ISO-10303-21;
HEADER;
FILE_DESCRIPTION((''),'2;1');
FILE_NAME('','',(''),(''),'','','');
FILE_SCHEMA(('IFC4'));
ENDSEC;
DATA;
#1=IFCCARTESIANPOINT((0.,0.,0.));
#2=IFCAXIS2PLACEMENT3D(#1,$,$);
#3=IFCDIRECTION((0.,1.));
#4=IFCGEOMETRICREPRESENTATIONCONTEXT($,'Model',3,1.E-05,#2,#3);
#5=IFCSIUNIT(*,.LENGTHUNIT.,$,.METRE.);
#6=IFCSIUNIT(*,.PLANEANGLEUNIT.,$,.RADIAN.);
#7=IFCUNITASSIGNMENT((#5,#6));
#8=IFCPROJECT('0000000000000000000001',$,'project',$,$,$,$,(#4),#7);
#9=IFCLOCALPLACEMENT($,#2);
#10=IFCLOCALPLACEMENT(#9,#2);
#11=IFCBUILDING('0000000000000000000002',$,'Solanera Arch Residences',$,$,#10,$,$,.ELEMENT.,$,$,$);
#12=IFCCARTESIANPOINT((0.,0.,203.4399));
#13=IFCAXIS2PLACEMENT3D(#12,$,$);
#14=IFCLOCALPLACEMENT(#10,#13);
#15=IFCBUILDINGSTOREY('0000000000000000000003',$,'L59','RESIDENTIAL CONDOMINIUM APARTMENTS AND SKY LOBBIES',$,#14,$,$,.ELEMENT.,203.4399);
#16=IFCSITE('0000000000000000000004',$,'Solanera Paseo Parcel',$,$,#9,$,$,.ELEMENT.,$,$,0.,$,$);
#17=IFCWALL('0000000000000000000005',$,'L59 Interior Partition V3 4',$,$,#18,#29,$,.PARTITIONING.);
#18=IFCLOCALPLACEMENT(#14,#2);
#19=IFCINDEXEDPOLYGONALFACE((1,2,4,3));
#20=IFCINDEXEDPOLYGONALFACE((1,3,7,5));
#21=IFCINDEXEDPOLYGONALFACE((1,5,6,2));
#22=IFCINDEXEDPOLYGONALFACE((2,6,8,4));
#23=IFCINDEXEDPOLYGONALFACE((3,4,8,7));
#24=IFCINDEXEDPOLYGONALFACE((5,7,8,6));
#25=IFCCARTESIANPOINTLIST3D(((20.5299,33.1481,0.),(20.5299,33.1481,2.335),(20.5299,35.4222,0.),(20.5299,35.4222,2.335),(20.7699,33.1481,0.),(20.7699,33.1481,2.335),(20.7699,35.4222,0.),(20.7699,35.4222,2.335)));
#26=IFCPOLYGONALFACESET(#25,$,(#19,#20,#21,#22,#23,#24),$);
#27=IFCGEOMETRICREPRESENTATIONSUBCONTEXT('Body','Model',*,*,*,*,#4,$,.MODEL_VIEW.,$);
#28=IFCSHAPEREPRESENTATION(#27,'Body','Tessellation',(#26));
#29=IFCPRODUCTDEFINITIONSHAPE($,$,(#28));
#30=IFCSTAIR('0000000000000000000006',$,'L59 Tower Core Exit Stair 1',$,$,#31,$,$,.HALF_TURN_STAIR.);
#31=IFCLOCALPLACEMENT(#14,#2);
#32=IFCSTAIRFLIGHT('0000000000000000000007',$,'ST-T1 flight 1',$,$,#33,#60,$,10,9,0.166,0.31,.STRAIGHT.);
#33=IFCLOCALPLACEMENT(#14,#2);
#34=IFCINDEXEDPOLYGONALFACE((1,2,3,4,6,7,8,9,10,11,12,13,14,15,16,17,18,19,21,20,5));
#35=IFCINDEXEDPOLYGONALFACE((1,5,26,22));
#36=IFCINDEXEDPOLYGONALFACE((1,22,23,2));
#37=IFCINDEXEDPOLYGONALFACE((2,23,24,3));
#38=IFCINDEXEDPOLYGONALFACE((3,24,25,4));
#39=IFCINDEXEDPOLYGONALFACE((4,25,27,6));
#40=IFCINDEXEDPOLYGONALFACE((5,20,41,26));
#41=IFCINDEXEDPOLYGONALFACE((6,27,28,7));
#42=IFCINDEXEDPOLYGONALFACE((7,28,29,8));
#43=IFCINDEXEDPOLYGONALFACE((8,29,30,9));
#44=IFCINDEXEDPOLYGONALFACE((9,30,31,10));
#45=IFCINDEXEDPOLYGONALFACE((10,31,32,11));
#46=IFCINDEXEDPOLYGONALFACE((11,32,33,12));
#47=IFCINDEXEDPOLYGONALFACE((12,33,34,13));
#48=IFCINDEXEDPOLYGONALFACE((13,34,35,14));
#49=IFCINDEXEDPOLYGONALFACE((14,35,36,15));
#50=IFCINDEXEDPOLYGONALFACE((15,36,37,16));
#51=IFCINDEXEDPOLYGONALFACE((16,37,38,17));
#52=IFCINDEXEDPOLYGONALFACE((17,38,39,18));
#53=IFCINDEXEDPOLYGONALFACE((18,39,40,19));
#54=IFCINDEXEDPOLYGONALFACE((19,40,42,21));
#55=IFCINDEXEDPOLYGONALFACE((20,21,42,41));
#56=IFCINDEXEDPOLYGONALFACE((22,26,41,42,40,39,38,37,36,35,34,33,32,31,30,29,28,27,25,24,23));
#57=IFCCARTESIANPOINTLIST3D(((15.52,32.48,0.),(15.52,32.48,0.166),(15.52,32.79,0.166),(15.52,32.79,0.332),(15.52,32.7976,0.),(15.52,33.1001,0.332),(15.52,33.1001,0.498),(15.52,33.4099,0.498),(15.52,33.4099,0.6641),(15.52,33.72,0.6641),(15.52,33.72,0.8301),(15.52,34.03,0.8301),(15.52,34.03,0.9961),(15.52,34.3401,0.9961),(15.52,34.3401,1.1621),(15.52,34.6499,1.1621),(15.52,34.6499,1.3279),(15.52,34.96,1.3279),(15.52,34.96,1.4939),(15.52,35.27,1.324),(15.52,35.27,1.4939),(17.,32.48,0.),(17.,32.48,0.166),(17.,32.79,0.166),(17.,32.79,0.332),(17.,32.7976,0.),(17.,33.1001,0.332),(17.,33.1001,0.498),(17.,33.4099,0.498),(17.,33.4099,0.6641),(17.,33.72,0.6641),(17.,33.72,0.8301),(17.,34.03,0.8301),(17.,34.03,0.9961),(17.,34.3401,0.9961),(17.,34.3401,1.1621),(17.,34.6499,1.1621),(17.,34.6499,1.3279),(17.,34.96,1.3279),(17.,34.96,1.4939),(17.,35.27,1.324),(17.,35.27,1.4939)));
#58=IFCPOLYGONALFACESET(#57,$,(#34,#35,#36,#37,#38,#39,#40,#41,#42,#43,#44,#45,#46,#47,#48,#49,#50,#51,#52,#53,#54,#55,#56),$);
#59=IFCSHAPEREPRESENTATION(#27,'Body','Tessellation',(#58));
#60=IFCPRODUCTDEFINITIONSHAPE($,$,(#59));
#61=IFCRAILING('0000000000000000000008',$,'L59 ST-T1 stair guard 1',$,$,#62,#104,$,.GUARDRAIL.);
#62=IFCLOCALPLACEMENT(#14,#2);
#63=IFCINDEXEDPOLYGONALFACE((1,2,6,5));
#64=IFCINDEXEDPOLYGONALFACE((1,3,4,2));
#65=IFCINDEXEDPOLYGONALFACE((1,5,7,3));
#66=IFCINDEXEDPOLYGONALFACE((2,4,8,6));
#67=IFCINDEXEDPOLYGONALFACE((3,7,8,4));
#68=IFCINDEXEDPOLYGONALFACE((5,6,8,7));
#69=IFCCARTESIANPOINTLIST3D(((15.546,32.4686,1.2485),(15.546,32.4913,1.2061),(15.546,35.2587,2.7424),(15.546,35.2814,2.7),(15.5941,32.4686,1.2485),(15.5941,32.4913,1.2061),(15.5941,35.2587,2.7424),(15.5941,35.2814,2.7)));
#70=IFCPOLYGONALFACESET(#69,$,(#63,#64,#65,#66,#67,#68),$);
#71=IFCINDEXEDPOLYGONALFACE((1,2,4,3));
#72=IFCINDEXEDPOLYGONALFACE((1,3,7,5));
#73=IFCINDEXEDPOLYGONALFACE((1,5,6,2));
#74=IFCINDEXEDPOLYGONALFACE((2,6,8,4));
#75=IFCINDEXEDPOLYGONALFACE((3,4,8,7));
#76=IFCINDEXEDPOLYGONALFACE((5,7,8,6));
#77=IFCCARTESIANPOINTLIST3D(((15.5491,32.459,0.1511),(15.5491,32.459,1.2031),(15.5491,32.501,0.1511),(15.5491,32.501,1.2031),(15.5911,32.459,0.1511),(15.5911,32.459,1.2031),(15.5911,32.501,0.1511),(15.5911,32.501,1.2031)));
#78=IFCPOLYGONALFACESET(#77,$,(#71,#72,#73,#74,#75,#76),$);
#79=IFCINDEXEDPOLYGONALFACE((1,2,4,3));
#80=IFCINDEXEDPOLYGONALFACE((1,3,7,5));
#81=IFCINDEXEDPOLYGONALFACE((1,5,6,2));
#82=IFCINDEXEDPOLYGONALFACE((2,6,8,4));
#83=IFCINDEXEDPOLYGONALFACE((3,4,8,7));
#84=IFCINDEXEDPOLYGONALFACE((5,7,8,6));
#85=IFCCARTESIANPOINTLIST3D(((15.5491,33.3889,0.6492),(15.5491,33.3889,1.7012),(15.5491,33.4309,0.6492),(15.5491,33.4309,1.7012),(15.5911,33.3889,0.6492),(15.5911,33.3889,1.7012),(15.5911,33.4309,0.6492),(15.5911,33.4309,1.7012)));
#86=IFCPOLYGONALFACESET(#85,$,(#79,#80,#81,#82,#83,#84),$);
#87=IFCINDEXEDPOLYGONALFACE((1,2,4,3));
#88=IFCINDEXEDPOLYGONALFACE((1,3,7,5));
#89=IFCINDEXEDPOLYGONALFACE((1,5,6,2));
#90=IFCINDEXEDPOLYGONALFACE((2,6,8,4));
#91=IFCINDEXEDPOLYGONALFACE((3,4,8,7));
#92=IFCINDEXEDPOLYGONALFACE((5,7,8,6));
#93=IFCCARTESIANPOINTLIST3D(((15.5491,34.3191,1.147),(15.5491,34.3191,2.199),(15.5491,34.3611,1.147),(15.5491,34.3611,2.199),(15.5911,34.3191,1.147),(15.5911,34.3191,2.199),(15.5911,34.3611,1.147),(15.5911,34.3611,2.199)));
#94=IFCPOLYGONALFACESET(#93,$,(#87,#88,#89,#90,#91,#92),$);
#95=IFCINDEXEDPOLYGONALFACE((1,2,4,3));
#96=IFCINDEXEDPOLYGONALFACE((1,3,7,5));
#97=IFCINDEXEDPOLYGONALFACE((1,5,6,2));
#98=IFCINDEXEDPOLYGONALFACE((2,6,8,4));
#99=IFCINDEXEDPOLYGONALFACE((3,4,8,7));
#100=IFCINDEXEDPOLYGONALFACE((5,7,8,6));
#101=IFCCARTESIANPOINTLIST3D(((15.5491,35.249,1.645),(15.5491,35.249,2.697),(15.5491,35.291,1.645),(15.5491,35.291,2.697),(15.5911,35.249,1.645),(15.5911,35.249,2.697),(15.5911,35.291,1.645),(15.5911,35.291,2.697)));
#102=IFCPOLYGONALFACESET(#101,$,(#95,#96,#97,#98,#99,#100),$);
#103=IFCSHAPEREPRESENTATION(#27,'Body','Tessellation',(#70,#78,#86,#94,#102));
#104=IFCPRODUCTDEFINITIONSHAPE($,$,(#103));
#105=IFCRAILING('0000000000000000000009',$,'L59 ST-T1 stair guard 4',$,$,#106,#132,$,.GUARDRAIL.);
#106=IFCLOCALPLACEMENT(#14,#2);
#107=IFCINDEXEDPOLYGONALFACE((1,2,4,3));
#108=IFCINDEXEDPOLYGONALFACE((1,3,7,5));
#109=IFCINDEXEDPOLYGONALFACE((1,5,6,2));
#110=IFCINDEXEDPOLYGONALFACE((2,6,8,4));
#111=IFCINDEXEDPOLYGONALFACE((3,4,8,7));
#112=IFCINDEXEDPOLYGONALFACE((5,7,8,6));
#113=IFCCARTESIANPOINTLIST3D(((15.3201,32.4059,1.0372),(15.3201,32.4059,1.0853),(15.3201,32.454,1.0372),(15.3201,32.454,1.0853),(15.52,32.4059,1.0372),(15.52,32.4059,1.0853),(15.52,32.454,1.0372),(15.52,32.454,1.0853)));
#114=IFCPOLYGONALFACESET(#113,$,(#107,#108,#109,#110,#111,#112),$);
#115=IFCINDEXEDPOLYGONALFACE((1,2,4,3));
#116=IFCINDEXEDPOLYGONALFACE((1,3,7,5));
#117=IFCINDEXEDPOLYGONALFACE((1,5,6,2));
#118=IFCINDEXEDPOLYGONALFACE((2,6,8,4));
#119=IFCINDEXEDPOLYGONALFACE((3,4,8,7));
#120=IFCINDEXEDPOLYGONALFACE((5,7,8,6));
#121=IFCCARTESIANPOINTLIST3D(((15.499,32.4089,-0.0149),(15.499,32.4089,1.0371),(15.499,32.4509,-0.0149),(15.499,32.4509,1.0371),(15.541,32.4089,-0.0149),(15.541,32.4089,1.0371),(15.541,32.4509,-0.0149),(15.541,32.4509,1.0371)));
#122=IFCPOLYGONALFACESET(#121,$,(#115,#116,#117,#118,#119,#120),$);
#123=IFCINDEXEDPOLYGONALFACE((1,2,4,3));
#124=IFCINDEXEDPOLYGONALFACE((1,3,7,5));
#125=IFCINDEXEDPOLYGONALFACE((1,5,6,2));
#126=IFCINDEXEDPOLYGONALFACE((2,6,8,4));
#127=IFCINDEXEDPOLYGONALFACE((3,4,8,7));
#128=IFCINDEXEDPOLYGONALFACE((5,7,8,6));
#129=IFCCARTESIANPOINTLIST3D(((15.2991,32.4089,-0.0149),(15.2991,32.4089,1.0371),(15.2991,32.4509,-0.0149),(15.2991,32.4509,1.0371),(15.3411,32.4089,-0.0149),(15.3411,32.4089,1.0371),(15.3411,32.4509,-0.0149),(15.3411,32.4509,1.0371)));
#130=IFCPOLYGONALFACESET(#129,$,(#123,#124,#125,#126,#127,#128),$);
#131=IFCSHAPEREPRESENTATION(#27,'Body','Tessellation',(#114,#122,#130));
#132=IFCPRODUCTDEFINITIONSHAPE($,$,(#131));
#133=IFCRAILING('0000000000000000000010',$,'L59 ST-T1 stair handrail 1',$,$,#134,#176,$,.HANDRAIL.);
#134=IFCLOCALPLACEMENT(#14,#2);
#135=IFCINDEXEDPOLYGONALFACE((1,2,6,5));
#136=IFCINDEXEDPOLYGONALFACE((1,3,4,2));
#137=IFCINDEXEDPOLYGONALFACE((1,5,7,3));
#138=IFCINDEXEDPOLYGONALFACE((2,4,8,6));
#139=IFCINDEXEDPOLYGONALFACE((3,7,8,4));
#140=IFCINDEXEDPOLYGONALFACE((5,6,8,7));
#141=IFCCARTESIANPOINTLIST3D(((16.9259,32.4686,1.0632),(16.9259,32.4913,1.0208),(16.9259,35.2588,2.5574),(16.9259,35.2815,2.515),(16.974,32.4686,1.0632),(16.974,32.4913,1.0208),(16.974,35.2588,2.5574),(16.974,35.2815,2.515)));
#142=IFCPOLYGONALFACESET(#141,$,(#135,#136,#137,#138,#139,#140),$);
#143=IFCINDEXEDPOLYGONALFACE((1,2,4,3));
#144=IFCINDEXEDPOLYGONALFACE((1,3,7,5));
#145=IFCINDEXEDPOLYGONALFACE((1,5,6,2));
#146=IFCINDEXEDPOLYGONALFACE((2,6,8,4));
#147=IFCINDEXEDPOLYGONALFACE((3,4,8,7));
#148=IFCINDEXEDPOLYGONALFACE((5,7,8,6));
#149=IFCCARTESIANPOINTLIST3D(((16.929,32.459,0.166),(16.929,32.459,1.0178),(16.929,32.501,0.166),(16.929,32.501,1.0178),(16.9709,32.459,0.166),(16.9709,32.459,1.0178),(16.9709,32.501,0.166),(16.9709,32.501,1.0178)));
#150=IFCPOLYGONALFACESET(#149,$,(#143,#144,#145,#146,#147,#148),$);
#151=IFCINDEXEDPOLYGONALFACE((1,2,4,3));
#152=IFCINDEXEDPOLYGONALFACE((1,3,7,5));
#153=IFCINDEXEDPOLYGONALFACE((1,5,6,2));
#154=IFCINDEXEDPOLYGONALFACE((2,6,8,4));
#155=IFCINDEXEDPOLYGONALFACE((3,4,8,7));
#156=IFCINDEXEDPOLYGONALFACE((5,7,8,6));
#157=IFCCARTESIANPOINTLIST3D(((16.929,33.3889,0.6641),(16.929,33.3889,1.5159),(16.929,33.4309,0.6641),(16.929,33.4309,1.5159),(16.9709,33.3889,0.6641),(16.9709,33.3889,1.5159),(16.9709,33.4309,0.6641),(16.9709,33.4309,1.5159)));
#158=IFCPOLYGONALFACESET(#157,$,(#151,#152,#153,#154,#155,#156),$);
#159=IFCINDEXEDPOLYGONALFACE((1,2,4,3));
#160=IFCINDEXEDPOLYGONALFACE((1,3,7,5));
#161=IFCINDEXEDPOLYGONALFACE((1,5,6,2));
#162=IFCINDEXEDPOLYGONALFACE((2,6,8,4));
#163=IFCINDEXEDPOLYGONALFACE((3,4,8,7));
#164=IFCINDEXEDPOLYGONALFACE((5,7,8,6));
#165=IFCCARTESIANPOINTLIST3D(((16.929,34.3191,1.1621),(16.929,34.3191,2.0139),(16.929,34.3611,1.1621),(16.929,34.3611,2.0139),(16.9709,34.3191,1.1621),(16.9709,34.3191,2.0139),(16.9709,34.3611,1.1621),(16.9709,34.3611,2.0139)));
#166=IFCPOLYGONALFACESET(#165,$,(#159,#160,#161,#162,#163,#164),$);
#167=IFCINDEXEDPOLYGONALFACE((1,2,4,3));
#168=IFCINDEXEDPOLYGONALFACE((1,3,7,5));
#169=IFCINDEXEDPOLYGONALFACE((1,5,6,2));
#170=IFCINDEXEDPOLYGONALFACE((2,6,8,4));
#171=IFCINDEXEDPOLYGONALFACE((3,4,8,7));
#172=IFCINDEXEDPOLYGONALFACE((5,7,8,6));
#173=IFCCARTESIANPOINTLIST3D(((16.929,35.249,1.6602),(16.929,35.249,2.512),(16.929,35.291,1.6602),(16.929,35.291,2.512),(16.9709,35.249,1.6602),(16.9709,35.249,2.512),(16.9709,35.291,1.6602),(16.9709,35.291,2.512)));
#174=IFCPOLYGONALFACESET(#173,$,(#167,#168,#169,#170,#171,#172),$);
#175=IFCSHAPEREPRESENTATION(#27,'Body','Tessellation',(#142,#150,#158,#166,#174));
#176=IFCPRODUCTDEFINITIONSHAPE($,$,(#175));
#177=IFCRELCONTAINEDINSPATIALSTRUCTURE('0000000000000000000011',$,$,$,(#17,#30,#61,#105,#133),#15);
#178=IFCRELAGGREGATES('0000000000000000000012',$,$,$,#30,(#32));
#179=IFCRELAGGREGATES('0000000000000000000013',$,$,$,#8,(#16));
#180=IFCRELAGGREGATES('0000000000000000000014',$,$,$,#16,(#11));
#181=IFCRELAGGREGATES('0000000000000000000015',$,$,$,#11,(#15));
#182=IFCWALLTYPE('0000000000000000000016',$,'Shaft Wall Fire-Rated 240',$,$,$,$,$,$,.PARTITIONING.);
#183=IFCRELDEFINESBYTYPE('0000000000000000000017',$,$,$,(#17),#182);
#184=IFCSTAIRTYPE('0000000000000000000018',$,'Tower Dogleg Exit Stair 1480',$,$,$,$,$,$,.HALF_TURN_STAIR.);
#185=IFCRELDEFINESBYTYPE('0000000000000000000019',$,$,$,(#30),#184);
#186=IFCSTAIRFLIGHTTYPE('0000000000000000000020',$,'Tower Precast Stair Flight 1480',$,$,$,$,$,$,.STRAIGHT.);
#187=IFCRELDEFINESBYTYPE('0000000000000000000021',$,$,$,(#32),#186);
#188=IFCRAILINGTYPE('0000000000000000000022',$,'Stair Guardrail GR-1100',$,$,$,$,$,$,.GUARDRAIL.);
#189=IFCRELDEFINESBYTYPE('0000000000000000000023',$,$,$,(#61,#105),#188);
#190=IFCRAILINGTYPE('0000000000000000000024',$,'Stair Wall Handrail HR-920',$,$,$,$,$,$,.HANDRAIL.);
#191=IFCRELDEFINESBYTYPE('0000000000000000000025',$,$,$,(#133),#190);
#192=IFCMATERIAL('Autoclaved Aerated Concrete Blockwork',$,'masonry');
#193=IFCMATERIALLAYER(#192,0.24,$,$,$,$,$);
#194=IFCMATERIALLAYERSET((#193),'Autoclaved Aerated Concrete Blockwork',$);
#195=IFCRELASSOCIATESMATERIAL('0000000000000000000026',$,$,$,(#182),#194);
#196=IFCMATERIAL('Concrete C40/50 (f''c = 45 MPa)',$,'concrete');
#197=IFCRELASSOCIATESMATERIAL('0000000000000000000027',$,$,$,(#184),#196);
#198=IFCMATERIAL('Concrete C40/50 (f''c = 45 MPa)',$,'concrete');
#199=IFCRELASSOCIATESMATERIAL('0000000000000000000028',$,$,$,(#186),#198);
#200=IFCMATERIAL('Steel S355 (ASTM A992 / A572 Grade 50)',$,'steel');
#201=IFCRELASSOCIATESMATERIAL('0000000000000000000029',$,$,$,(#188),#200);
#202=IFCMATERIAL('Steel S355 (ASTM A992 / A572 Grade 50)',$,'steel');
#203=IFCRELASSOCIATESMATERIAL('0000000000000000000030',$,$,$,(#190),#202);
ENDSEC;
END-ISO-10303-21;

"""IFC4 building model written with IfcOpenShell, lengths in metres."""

from ifc_helpers import new_model, si_unit, direction, frame, frame_2d, origin, origin_2d, place, context, subcontext, project, spatial, polyline, rectangle, outline, extrude, material, layer, layer_set, type_object, element, aggregate, save


model = new_model("IFC4")

# Units and contexts
model_context = context("Model", 3, precision=1e-05, world=origin(), true_north=direction((0.0, 1.0)))
body_context = subcontext(model_context, "Body", "Model", "MODEL_VIEW")
ifc_project = project(units=[si_unit("LENGTHUNIT", "METRE"), si_unit("PLANEANGLEUNIT", "RADIAN")], contexts=[model_context])

# Site, building, storey
site_placement = place(None, origin())
site = spatial("IfcSite", under=ifc_project, at=site_placement, Name="Solanera Paseo Parcel", CompositionType="ELEMENT", RefElevation=0.0)
building_placement = place(site_placement, origin())
building = spatial("IfcBuilding", under=site, at=building_placement, Name="Solanera Arch Residences", CompositionType="ELEMENT")
storey_placement = place(building_placement, frame((0.0, 0.0, 203.4399)))
storey = spatial("IfcBuildingStorey", under=building, at=storey_placement, Name="L59", Description="RESIDENTIAL CONDOMINIUM APARTMENTS AND SKY LOBBIES", CompositionType="ELEMENT", Elevation=203.4399)

# Shared definitions
ifc_material_1 = material(Name="Autoclaved Aerated Concrete Blockwork", Category="masonry")
ifc_layer_1 = layer(ifc_material_1, 0.24)
ifc_layer_set_1 = layer_set([ifc_layer_1], Name="Autoclaved Aerated Concrete Blockwork")
wall_type_1 = type_object("IfcWallType", Name="Shaft Wall Fire-Rated 240", PredefinedType="PARTITIONING", material=ifc_layer_set_1)

# Wall
wall_1_placement = place(storey_placement, frame((20.6499, 33.1479, 0.0), z_axis=(0.0, 0.0, 1.0), x_axis=(0.0, 1.0, 0.0)))
element("IfcWall", 1, at=wall_1_placement, inside=storey, type_object=wall_type_1, Name="L59 Interior Partition V3 4", PredefinedType="PARTITIONING", context=body_context, shape_type="SweptSolid", body=[
    extrude(rectangle(XDim=2.2742, YDim=0.24, at=frame_2d((1.1372, 0.0))), origin(), (0.0, 0.0, 1.0), 2.335),
])

# Stair, stair flight
ifc_material_2 = material(Name="Concrete C40/50 (f'c = 45 MPa)", Category="concrete")
stair_type = type_object("IfcStairType", Name="Tower Dogleg Exit Stair 1480", PredefinedType="HALF_TURN_STAIR", material=ifc_material_2)
stair_placement = place(storey_placement, origin())
stair = element("IfcStair", 2, at=stair_placement, inside=storey, type_object=stair_type, Name="L59 Tower Core Exit Stair 1", PredefinedType="HALF_TURN_STAIR")
ifc_material_3 = material(Name="Concrete C40/50 (f'c = 45 MPa)", Category="concrete")
stair_flight_type = type_object("IfcStairFlightType", Name="Tower Precast Stair Flight 1480", PredefinedType="STRAIGHT", material=ifc_material_3)
stair_flight_placement = place(storey_placement, frame((16.26, 32.48, 0.0), z_axis=(0.0, 0.0, 1.0), x_axis=(0.0, 1.0, 0.0)))
stair_flight = element("IfcStairFlight", 3, at=stair_flight_placement, type_object=stair_flight_type, Name="ST-T1 flight 1", NumberOfRisers=10, NumberOfTreads=9, PredefinedType="STRAIGHT", RiserHeight=0.166, TreadLength=0.31, context=body_context, shape_type="SweptSolid", body=[
    extrude(outline(polyline([(0.0, 0.0), (0.0, 0.166), (0.3101, 0.166), (0.3101, 0.332), (0.6201, 0.332), (0.6201, 0.498), (0.9299, 0.498), (0.9299, 0.6641), (1.24, 0.6641), (1.24, 0.8301), (1.55, 0.8301), (1.55, 0.9961), (1.8601, 0.9961), (1.8601, 1.1621), (2.1699, 1.1621), (2.1699, 1.3279), (2.48, 1.3279), (2.48, 1.4939), (2.79, 1.4939), (2.79, 1.6599), (2.79, 1.324), (0.3176, 0.0), (0.0, 0.0)])), frame((0.0, 0.74, 0.0), z_axis=(0.0, -1.0, 0.0), x_axis=(1.0, 0.0, 0.0)), (0.0, 0.0, 1.0), 1.48),
])
aggregate(stair, [stair_flight])

# Railings
ifc_material_4 = material(Name="Steel S355 (ASTM A992 / A572 Grade 50)", Category="steel")
railing_type_1 = type_object("IfcRailingType", Name="Stair Guardrail GR-1100", PredefinedType="GUARDRAIL", material=ifc_material_4)
railing_1_placement = place(storey_placement, frame((15.5701, 32.48, 0.1511)))
element("IfcRailing", 4, at=railing_1_placement, inside=storey, type_object=railing_type_1, Name="L59 ST-T1 stair guard 1", PredefinedType="GUARDRAIL", context=body_context, shape_type="SweptSolid", body=[
    extrude(rectangle(XDim=0.0481, YDim=0.0481, at=origin_2d()), frame((0.0, 0.0, 1.0762), z_axis=(0.0, 0.881581, 0.472033), x_axis=(-1.0, 0.0, 0.0)), (0.0, 0.0, 1.0), 3.1648),
    extrude(rectangle(XDim=0.042, YDim=0.042, at=origin_2d()), origin(), (0.0, 0.0, 1.0), 1.052),
    extrude(rectangle(XDim=0.042, YDim=0.042, at=origin_2d()), frame((0.0, 0.9299, 0.498)), (0.0, 0.0, 1.0), 1.052),
    extrude(rectangle(XDim=0.042, YDim=0.042, at=origin_2d()), frame((0.0, 1.8601, 0.9958)), (0.0, 0.0, 1.0), 1.052),
    extrude(rectangle(XDim=0.042, YDim=0.042, at=origin_2d()), frame((0.0, 2.79, 1.4939)), (0.0, 0.0, 1.0), 1.052),
])
railing_2_placement = place(storey_placement, frame((15.52, 32.4299, -0.0149)))
element("IfcRailing", 5, at=railing_2_placement, inside=storey, type_object=railing_type_1, Name="L59 ST-T1 stair guard 4", PredefinedType="GUARDRAIL", context=body_context, shape_type="SweptSolid", body=[
    extrude(rectangle(XDim=0.0481, YDim=0.0481, at=origin_2d()), frame((0.0, 0.0, 1.0762), z_axis=(-1.0, 0.0, 0.0), x_axis=(0.0, -1.0, 0.0)), (0.0, 0.0, 1.0), 0.2),
    extrude(rectangle(XDim=0.042, YDim=0.042, at=origin_2d()), origin(), (0.0, 0.0, 1.0), 1.052),
    extrude(rectangle(XDim=0.042, YDim=0.042, at=origin_2d()), frame((-0.2, 0.0, 0.0)), (0.0, 0.0, 1.0), 1.052),
])
ifc_material_5 = material(Name="Steel S355 (ASTM A992 / A572 Grade 50)", Category="steel")
railing_type_2 = type_object("IfcRailingType", Name="Stair Wall Handrail HR-920", PredefinedType="HANDRAIL", material=ifc_material_5)
railing_3_placement = place(storey_placement, frame((16.95, 32.48, 0.166)))
element("IfcRailing", 6, at=railing_3_placement, inside=storey, type_object=railing_type_2, Name="L59 ST-T1 stair handrail 1", PredefinedType="HANDRAIL", context=body_context, shape_type="SweptSolid", body=[
    extrude(rectangle(XDim=0.0481, YDim=0.0481, at=origin_2d()), frame((0.0, 0.0, 0.876), z_axis=(0.0, 0.881549, 0.472093), x_axis=(-1.0, 0.0, 0.0)), (0.0, 0.0, 1.0), 3.165),
    extrude(rectangle(XDim=0.042, YDim=0.042, at=origin_2d()), origin(), (0.0, 0.0, 1.0), 0.8518),
    extrude(rectangle(XDim=0.042, YDim=0.042, at=origin_2d()), frame((0.0, 0.9299, 0.498)), (0.0, 0.0, 1.0), 0.8518),
    extrude(rectangle(XDim=0.042, YDim=0.042, at=origin_2d()), frame((0.0, 1.8601, 0.9961)), (0.0, 0.0, 1.0), 0.8518),
    extrude(rectangle(XDim=0.042, YDim=0.042, at=origin_2d()), frame((0.0, 2.79, 1.4941)), (0.0, 0.0, 1.0), 0.8518),
])

save(model, "model.ifc")
